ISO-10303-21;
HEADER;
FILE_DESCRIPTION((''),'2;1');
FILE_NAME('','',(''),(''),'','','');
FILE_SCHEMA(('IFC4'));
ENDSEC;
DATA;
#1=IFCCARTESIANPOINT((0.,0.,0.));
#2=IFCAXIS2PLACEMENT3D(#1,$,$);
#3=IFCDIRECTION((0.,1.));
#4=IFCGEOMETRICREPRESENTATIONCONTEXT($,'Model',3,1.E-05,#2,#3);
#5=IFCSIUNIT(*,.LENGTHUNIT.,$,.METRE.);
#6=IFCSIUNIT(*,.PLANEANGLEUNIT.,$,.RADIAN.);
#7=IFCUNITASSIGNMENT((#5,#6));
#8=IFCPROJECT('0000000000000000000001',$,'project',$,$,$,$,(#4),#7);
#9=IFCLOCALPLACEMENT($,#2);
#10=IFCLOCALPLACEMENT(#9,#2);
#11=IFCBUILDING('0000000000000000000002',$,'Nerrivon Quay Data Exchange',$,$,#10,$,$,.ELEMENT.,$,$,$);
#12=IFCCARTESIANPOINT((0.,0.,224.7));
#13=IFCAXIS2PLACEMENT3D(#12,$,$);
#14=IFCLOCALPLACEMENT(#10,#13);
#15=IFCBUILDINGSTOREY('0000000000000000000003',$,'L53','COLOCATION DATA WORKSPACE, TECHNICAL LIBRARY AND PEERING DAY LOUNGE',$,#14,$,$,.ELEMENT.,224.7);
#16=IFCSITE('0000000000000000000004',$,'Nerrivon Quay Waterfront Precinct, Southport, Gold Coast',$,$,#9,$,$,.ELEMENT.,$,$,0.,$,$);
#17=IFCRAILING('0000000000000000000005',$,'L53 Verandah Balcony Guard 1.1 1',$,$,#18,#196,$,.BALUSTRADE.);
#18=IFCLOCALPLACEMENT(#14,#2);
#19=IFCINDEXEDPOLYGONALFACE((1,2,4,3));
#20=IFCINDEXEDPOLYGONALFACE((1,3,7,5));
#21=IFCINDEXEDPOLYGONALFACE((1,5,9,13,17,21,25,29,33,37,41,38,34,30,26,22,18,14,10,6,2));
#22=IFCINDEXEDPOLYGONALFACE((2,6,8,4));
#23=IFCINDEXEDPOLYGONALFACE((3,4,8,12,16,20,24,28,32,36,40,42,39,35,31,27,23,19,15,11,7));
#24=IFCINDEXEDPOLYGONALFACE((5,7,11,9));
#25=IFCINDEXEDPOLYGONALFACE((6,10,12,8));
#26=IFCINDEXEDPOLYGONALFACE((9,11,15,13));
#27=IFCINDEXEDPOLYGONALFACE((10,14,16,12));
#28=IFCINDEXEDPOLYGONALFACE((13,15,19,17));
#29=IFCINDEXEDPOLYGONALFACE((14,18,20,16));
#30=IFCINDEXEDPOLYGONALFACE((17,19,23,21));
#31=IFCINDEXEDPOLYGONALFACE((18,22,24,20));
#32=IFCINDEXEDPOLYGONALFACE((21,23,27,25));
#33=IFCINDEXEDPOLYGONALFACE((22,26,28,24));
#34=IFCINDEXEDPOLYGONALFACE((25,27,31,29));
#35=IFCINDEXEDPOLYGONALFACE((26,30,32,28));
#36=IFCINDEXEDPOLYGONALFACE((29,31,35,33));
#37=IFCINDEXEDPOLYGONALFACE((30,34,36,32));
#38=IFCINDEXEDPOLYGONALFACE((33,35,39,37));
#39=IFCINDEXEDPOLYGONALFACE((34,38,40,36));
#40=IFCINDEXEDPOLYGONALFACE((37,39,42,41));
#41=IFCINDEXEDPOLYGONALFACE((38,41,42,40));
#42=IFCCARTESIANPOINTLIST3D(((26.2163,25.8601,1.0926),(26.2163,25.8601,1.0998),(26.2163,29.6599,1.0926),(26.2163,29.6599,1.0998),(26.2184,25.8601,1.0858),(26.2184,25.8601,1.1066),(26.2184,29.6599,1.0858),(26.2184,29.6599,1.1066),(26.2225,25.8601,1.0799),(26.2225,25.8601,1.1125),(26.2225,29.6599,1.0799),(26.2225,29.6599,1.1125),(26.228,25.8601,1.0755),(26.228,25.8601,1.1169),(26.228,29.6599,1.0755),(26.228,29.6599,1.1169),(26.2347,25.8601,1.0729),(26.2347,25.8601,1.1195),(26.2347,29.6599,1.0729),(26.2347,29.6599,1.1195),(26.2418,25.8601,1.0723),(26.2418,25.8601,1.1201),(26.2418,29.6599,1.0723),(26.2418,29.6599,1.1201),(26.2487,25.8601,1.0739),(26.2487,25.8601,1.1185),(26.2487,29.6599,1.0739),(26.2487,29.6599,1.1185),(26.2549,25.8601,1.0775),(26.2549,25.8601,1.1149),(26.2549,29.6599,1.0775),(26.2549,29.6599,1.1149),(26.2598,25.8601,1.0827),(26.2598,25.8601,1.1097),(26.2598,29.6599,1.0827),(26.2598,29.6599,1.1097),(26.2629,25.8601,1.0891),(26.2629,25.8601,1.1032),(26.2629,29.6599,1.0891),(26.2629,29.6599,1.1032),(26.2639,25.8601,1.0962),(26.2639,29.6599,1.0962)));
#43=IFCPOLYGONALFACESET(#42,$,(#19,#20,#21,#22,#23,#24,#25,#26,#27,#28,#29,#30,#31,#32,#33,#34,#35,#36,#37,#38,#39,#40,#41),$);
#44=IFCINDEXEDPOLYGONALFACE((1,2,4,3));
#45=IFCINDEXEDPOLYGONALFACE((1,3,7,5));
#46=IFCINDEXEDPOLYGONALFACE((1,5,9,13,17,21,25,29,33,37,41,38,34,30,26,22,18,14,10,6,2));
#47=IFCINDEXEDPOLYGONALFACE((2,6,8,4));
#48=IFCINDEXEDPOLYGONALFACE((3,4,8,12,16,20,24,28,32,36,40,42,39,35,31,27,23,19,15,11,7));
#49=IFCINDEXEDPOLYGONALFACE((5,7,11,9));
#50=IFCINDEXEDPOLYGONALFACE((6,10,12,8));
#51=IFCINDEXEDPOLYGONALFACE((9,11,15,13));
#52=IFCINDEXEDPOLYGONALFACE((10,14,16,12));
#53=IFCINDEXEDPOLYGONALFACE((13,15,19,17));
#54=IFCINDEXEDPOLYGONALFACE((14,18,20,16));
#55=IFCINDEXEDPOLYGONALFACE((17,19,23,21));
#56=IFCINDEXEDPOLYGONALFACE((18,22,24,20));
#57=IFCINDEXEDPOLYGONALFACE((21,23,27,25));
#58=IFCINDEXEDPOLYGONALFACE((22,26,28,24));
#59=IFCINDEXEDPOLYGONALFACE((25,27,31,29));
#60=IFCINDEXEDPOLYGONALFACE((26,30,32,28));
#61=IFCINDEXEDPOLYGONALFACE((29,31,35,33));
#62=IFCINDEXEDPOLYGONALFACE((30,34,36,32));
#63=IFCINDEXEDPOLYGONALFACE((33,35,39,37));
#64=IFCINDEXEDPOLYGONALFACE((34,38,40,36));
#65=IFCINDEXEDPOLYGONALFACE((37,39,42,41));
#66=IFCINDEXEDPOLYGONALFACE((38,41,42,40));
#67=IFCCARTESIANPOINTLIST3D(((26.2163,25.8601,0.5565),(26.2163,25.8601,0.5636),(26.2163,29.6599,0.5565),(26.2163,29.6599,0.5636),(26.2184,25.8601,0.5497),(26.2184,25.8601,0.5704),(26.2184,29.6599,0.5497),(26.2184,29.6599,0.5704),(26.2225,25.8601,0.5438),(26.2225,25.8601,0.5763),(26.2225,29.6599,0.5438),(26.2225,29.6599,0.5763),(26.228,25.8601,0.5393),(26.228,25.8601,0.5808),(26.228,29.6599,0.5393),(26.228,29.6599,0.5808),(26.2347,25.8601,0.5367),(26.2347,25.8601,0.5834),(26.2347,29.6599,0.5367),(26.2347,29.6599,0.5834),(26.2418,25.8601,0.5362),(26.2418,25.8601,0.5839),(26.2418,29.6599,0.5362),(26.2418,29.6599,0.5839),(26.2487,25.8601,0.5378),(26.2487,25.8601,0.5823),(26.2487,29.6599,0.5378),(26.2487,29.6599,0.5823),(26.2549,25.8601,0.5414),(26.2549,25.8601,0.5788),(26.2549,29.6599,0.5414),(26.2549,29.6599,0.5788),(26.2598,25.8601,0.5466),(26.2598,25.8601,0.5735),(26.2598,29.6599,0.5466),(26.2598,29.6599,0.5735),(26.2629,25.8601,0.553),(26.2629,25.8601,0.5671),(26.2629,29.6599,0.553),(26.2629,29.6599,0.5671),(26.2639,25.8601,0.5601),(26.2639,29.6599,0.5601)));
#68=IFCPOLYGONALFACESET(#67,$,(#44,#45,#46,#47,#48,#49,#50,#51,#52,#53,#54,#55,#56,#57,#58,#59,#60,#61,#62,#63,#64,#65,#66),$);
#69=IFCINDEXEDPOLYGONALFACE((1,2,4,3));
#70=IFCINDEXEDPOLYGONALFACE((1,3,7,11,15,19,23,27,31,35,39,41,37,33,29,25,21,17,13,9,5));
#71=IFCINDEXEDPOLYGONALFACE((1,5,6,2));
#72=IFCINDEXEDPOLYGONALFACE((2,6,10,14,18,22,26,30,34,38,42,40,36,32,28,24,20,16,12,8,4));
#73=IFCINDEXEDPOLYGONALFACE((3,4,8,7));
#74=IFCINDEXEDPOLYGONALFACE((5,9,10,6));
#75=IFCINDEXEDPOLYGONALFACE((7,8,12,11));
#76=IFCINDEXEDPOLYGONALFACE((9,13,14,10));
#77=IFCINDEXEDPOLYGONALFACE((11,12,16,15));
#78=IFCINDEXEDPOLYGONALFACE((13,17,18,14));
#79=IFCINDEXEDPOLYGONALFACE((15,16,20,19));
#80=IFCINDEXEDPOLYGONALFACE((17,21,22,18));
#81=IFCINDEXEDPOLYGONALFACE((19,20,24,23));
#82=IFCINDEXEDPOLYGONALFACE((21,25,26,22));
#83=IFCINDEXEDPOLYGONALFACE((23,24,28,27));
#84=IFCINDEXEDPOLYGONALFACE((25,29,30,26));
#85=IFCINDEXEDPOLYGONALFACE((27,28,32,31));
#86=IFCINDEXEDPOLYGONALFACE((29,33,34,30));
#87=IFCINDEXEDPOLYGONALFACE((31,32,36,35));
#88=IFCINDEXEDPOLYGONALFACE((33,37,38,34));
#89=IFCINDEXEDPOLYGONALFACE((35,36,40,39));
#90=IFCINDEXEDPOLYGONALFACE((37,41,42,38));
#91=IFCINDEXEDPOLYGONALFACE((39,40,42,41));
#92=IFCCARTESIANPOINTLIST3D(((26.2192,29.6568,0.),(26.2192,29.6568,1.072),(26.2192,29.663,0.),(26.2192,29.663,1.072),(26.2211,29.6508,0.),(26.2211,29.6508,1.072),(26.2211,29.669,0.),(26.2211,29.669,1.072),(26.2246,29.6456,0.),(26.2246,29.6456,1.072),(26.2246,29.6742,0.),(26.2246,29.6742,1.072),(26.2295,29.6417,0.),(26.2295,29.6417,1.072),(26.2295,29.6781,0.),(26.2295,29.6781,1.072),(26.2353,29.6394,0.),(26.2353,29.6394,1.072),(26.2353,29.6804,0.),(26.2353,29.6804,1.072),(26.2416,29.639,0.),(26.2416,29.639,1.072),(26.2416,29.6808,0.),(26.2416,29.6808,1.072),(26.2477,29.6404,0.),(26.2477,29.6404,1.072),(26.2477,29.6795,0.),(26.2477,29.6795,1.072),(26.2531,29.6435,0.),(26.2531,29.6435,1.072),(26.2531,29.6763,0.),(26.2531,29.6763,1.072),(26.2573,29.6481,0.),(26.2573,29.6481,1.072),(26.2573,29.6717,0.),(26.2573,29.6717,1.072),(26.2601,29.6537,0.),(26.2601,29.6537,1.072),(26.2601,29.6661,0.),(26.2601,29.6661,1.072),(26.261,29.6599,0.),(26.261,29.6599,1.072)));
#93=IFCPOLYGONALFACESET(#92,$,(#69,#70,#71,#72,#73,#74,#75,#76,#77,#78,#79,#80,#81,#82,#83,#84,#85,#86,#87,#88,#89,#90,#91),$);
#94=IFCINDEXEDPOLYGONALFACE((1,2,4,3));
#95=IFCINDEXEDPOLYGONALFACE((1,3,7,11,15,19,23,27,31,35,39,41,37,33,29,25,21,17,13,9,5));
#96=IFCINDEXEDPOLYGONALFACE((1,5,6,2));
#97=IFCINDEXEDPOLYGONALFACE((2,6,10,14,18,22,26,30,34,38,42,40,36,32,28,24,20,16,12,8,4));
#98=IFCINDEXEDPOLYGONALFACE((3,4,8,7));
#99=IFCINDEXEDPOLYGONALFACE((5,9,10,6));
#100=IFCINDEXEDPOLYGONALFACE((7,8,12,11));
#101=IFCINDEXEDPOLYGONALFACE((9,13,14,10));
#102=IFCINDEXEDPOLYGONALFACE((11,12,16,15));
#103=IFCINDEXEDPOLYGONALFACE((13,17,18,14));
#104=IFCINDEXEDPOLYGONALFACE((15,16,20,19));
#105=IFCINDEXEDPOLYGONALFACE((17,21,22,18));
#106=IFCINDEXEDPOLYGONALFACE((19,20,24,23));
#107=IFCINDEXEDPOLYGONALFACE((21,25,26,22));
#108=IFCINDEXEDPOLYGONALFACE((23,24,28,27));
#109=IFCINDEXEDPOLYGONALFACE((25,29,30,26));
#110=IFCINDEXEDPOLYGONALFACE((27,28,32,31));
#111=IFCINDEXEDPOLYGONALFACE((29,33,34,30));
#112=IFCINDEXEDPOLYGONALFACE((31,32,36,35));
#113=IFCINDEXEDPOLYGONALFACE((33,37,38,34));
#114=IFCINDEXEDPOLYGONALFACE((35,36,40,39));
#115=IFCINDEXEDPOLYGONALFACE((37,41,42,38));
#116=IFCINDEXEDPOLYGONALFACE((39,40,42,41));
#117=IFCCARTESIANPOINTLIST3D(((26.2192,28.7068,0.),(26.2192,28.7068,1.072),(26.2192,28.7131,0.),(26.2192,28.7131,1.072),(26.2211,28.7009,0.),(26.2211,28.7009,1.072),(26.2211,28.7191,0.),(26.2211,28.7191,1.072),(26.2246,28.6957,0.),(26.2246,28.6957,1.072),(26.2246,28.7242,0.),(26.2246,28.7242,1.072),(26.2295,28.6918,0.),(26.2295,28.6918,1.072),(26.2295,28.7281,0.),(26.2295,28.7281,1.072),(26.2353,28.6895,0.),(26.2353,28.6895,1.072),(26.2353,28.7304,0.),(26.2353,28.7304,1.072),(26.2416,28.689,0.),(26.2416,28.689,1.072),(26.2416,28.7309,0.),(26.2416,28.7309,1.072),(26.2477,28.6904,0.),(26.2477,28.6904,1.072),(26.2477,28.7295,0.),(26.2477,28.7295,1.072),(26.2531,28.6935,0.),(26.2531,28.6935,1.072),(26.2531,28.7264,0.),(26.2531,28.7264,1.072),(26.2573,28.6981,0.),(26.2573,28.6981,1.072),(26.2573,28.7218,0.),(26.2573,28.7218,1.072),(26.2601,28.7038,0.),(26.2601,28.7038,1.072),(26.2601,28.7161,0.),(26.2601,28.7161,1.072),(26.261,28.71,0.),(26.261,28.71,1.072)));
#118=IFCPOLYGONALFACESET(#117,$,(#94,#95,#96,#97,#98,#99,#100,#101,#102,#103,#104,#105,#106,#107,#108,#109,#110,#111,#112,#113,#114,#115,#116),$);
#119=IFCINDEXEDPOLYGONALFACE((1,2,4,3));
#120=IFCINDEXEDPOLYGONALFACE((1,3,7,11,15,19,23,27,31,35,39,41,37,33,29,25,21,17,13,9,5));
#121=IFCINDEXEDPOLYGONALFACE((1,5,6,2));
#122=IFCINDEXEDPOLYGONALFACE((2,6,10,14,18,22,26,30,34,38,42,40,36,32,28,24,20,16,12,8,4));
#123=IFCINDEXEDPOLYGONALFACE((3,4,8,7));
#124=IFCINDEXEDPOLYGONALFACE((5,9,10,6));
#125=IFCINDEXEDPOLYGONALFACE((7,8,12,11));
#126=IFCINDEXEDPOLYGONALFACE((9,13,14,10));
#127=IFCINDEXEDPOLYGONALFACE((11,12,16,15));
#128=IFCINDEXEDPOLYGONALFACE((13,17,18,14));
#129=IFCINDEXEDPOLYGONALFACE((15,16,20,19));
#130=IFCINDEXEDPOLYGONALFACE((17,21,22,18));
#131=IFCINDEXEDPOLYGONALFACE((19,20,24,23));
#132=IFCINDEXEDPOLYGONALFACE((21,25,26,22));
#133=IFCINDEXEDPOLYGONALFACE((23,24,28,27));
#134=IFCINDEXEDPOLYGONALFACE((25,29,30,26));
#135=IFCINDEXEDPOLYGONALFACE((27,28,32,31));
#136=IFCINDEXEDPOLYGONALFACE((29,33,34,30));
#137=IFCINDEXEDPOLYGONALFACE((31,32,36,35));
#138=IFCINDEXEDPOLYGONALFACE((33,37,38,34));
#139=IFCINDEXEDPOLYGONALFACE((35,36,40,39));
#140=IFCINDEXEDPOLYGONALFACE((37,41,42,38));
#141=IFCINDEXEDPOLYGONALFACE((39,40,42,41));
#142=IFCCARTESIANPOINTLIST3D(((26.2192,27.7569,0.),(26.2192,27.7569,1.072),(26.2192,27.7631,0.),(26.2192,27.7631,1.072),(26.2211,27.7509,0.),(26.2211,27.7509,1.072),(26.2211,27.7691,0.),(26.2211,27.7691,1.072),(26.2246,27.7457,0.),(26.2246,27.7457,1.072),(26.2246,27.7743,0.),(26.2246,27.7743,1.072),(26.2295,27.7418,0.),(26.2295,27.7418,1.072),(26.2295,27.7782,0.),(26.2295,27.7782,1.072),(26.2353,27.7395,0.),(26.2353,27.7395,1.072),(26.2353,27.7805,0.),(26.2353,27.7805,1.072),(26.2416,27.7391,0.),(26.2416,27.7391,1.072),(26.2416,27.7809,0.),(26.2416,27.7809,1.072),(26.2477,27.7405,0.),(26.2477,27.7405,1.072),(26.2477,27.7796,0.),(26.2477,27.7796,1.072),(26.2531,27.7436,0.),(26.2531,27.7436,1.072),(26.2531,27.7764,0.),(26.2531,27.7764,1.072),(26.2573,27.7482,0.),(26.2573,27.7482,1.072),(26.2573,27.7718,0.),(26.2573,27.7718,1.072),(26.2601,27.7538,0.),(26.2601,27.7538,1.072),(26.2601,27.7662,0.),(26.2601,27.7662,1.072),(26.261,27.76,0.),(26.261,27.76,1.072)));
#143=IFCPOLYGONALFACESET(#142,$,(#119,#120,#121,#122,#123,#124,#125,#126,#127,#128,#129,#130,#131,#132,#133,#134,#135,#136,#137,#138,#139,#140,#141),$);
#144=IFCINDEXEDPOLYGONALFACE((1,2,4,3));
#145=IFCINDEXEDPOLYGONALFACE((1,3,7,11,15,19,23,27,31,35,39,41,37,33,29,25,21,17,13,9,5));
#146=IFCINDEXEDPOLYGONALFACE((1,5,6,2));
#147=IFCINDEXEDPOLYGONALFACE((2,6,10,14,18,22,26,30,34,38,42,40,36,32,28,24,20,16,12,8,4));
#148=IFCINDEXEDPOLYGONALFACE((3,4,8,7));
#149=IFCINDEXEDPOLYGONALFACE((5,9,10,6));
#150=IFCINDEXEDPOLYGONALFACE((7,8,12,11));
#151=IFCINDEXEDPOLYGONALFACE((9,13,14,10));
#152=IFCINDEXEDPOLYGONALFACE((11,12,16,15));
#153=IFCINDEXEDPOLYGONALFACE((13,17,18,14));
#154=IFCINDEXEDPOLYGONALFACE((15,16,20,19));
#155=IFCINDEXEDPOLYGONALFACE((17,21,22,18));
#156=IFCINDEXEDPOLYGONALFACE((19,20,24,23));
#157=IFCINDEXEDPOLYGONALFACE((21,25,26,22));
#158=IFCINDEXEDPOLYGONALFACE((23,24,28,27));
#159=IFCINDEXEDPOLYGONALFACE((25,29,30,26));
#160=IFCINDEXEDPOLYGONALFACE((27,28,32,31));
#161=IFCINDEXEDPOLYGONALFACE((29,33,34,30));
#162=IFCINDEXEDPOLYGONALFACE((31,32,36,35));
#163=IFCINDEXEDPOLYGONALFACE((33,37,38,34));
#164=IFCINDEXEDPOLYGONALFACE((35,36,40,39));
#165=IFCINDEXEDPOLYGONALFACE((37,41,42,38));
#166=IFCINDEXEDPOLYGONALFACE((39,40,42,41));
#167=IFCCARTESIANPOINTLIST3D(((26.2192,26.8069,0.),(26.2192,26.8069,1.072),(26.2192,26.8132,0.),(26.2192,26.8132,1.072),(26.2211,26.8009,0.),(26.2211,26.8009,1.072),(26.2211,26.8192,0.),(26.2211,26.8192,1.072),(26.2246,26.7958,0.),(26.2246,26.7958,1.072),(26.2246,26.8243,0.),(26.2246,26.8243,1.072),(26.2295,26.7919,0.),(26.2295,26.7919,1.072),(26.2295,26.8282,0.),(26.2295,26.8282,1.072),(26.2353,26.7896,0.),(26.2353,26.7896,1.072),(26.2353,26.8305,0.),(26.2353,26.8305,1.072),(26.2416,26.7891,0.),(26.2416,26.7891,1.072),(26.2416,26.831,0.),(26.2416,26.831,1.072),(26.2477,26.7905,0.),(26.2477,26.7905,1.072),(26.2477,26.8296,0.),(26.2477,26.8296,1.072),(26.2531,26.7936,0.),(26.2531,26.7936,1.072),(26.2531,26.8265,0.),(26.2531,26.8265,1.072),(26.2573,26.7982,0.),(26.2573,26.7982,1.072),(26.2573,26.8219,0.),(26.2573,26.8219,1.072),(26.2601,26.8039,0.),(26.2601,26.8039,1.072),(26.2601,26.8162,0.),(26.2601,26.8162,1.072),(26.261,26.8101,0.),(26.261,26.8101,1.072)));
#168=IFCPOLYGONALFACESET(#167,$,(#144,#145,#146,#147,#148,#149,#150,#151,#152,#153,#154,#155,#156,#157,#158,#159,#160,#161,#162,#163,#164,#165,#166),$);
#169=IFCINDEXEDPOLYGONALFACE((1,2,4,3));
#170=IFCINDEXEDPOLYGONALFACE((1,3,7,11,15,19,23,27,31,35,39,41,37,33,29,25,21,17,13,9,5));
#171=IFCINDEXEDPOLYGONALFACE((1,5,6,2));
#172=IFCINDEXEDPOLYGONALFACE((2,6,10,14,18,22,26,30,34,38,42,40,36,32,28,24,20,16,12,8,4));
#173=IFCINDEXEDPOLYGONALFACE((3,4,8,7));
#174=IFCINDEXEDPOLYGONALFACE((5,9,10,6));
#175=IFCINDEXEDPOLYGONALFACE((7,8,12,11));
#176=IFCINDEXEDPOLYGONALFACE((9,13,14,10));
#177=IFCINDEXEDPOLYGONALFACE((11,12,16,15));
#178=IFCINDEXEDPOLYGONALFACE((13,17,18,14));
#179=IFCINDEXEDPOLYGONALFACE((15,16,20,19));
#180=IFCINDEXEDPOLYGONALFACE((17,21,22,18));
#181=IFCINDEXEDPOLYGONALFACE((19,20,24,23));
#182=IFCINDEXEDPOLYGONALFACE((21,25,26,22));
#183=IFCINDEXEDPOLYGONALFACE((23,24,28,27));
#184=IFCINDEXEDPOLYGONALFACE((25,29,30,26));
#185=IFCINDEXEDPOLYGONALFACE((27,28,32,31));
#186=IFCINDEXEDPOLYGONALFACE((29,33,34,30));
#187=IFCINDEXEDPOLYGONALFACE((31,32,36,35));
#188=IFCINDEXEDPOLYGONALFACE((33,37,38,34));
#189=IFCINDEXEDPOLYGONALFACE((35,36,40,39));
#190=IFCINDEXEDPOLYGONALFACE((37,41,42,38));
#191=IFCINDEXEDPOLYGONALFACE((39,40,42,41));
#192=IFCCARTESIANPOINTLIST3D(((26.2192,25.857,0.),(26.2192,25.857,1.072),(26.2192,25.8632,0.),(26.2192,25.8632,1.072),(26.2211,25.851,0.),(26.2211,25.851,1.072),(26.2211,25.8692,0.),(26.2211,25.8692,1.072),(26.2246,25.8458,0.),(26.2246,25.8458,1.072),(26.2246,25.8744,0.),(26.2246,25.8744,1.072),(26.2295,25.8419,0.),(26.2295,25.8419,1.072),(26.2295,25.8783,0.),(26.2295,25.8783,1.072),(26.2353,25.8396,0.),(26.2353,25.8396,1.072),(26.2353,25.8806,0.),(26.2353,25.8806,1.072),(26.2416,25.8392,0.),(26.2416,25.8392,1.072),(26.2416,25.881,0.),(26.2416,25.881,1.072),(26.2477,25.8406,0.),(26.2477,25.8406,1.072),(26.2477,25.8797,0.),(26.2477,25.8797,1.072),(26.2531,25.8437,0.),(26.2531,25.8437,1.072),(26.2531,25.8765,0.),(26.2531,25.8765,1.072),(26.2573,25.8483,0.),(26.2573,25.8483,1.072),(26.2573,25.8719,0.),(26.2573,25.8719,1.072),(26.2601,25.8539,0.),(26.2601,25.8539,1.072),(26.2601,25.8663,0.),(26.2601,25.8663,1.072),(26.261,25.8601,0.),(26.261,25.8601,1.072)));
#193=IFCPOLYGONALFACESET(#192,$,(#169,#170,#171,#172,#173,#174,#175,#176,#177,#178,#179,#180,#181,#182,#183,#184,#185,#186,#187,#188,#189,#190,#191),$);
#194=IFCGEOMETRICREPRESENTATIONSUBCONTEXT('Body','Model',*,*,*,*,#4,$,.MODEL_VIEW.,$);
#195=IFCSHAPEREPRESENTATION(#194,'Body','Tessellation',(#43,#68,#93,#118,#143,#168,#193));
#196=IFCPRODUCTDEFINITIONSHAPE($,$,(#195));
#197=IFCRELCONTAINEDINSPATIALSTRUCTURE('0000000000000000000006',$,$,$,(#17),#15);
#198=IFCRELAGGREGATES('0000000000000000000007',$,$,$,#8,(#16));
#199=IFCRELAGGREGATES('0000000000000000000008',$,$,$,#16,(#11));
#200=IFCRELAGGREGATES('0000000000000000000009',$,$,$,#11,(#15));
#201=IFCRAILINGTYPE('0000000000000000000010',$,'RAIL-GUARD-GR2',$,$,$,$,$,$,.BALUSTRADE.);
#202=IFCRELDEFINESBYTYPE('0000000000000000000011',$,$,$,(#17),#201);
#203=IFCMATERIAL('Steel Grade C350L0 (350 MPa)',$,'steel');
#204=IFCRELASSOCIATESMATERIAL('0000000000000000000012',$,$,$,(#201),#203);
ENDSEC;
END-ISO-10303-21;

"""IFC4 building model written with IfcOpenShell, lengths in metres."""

from ifc_helpers import new_model, si_unit, direction, frame, origin, origin_2d, place, context, subcontext, project, spatial, circle, extrude, material, type_object, element, save


model = new_model("IFC4")

# Units and contexts
model_context = context("Model", 3, precision=1e-05, world=origin(), true_north=direction((0.0, 1.0)))
body_context = subcontext(model_context, "Body", "Model", "MODEL_VIEW")
ifc_project = project(units=[si_unit("LENGTHUNIT", "METRE"), si_unit("PLANEANGLEUNIT", "RADIAN")], contexts=[model_context])

# Site, building, storey
site_placement = place(None, origin())
site = spatial("IfcSite", under=ifc_project, at=site_placement, Name="Nerrivon Quay Waterfront Precinct, Southport, Gold Coast", CompositionType="ELEMENT", RefElevation=0.0)
building_placement = place(site_placement, origin())
building = spatial("IfcBuilding", under=site, at=building_placement, Name="Nerrivon Quay Data Exchange", CompositionType="ELEMENT")
storey_placement = place(building_placement, frame((0.0, 0.0, 224.7)))
storey = spatial("IfcBuildingStorey", under=building, at=storey_placement, Name="L53", Description="COLOCATION DATA WORKSPACE, TECHNICAL LIBRARY AND PEERING DAY LOUNGE", CompositionType="ELEMENT", Elevation=224.7)

# Shared definitions
ifc_material_1 = material(Name="Steel Grade C350L0 (350 MPa)", Category="steel")

# Railing
railing_type = type_object("IfcRailingType", Name="RAIL-GUARD-GR2", PredefinedType="BALUSTRADE", material=ifc_material_1)
railing_1_placement = place(storey_placement, frame((26.24, 29.6599, 0.0)))
element("IfcRailing", 1, at=railing_1_placement, inside=storey, type_object=railing_type, Name="L53 Verandah Balcony Guard 1.1 1", PredefinedType="BALUSTRADE", context=body_context, shape_type="SweptSolid", body=[
    extrude(circle(Radius=0.0239, at=origin_2d()), frame((0.0, 0.0, 1.0962), z_axis=(0.0, -1.0, 0.0), x_axis=(1.0, 0.0, 0.0)), (0.0, 0.0, 1.0), 3.7998),
    extrude(circle(Radius=0.0239, at=origin_2d()), frame((0.0, 0.0, 0.5601), z_axis=(0.0, -1.0, 0.0), x_axis=(1.0, 0.0, 0.0)), (0.0, 0.0, 1.0), 3.7998),
    extrude(circle(Radius=0.021, at=origin_2d()), origin(), (0.0, 0.0, 1.0), 1.072),
    extrude(circle(Radius=0.021, at=origin_2d()), frame((0.0, -0.95, 0.0)), (0.0, 0.0, 1.0), 1.072),
    extrude(circle(Radius=0.021, at=origin_2d()), frame((0.0, -1.8999, 0.0)), (0.0, 0.0, 1.0), 1.072),
    extrude(circle(Radius=0.021, at=origin_2d()), frame((0.0, -2.8499, 0.0)), (0.0, 0.0, 1.0), 1.072),
    extrude(circle(Radius=0.021, at=origin_2d()), frame((0.0, -3.7998, 0.0)), (0.0, 0.0, 1.0), 1.072),
])

save(model, "model.ifc")
